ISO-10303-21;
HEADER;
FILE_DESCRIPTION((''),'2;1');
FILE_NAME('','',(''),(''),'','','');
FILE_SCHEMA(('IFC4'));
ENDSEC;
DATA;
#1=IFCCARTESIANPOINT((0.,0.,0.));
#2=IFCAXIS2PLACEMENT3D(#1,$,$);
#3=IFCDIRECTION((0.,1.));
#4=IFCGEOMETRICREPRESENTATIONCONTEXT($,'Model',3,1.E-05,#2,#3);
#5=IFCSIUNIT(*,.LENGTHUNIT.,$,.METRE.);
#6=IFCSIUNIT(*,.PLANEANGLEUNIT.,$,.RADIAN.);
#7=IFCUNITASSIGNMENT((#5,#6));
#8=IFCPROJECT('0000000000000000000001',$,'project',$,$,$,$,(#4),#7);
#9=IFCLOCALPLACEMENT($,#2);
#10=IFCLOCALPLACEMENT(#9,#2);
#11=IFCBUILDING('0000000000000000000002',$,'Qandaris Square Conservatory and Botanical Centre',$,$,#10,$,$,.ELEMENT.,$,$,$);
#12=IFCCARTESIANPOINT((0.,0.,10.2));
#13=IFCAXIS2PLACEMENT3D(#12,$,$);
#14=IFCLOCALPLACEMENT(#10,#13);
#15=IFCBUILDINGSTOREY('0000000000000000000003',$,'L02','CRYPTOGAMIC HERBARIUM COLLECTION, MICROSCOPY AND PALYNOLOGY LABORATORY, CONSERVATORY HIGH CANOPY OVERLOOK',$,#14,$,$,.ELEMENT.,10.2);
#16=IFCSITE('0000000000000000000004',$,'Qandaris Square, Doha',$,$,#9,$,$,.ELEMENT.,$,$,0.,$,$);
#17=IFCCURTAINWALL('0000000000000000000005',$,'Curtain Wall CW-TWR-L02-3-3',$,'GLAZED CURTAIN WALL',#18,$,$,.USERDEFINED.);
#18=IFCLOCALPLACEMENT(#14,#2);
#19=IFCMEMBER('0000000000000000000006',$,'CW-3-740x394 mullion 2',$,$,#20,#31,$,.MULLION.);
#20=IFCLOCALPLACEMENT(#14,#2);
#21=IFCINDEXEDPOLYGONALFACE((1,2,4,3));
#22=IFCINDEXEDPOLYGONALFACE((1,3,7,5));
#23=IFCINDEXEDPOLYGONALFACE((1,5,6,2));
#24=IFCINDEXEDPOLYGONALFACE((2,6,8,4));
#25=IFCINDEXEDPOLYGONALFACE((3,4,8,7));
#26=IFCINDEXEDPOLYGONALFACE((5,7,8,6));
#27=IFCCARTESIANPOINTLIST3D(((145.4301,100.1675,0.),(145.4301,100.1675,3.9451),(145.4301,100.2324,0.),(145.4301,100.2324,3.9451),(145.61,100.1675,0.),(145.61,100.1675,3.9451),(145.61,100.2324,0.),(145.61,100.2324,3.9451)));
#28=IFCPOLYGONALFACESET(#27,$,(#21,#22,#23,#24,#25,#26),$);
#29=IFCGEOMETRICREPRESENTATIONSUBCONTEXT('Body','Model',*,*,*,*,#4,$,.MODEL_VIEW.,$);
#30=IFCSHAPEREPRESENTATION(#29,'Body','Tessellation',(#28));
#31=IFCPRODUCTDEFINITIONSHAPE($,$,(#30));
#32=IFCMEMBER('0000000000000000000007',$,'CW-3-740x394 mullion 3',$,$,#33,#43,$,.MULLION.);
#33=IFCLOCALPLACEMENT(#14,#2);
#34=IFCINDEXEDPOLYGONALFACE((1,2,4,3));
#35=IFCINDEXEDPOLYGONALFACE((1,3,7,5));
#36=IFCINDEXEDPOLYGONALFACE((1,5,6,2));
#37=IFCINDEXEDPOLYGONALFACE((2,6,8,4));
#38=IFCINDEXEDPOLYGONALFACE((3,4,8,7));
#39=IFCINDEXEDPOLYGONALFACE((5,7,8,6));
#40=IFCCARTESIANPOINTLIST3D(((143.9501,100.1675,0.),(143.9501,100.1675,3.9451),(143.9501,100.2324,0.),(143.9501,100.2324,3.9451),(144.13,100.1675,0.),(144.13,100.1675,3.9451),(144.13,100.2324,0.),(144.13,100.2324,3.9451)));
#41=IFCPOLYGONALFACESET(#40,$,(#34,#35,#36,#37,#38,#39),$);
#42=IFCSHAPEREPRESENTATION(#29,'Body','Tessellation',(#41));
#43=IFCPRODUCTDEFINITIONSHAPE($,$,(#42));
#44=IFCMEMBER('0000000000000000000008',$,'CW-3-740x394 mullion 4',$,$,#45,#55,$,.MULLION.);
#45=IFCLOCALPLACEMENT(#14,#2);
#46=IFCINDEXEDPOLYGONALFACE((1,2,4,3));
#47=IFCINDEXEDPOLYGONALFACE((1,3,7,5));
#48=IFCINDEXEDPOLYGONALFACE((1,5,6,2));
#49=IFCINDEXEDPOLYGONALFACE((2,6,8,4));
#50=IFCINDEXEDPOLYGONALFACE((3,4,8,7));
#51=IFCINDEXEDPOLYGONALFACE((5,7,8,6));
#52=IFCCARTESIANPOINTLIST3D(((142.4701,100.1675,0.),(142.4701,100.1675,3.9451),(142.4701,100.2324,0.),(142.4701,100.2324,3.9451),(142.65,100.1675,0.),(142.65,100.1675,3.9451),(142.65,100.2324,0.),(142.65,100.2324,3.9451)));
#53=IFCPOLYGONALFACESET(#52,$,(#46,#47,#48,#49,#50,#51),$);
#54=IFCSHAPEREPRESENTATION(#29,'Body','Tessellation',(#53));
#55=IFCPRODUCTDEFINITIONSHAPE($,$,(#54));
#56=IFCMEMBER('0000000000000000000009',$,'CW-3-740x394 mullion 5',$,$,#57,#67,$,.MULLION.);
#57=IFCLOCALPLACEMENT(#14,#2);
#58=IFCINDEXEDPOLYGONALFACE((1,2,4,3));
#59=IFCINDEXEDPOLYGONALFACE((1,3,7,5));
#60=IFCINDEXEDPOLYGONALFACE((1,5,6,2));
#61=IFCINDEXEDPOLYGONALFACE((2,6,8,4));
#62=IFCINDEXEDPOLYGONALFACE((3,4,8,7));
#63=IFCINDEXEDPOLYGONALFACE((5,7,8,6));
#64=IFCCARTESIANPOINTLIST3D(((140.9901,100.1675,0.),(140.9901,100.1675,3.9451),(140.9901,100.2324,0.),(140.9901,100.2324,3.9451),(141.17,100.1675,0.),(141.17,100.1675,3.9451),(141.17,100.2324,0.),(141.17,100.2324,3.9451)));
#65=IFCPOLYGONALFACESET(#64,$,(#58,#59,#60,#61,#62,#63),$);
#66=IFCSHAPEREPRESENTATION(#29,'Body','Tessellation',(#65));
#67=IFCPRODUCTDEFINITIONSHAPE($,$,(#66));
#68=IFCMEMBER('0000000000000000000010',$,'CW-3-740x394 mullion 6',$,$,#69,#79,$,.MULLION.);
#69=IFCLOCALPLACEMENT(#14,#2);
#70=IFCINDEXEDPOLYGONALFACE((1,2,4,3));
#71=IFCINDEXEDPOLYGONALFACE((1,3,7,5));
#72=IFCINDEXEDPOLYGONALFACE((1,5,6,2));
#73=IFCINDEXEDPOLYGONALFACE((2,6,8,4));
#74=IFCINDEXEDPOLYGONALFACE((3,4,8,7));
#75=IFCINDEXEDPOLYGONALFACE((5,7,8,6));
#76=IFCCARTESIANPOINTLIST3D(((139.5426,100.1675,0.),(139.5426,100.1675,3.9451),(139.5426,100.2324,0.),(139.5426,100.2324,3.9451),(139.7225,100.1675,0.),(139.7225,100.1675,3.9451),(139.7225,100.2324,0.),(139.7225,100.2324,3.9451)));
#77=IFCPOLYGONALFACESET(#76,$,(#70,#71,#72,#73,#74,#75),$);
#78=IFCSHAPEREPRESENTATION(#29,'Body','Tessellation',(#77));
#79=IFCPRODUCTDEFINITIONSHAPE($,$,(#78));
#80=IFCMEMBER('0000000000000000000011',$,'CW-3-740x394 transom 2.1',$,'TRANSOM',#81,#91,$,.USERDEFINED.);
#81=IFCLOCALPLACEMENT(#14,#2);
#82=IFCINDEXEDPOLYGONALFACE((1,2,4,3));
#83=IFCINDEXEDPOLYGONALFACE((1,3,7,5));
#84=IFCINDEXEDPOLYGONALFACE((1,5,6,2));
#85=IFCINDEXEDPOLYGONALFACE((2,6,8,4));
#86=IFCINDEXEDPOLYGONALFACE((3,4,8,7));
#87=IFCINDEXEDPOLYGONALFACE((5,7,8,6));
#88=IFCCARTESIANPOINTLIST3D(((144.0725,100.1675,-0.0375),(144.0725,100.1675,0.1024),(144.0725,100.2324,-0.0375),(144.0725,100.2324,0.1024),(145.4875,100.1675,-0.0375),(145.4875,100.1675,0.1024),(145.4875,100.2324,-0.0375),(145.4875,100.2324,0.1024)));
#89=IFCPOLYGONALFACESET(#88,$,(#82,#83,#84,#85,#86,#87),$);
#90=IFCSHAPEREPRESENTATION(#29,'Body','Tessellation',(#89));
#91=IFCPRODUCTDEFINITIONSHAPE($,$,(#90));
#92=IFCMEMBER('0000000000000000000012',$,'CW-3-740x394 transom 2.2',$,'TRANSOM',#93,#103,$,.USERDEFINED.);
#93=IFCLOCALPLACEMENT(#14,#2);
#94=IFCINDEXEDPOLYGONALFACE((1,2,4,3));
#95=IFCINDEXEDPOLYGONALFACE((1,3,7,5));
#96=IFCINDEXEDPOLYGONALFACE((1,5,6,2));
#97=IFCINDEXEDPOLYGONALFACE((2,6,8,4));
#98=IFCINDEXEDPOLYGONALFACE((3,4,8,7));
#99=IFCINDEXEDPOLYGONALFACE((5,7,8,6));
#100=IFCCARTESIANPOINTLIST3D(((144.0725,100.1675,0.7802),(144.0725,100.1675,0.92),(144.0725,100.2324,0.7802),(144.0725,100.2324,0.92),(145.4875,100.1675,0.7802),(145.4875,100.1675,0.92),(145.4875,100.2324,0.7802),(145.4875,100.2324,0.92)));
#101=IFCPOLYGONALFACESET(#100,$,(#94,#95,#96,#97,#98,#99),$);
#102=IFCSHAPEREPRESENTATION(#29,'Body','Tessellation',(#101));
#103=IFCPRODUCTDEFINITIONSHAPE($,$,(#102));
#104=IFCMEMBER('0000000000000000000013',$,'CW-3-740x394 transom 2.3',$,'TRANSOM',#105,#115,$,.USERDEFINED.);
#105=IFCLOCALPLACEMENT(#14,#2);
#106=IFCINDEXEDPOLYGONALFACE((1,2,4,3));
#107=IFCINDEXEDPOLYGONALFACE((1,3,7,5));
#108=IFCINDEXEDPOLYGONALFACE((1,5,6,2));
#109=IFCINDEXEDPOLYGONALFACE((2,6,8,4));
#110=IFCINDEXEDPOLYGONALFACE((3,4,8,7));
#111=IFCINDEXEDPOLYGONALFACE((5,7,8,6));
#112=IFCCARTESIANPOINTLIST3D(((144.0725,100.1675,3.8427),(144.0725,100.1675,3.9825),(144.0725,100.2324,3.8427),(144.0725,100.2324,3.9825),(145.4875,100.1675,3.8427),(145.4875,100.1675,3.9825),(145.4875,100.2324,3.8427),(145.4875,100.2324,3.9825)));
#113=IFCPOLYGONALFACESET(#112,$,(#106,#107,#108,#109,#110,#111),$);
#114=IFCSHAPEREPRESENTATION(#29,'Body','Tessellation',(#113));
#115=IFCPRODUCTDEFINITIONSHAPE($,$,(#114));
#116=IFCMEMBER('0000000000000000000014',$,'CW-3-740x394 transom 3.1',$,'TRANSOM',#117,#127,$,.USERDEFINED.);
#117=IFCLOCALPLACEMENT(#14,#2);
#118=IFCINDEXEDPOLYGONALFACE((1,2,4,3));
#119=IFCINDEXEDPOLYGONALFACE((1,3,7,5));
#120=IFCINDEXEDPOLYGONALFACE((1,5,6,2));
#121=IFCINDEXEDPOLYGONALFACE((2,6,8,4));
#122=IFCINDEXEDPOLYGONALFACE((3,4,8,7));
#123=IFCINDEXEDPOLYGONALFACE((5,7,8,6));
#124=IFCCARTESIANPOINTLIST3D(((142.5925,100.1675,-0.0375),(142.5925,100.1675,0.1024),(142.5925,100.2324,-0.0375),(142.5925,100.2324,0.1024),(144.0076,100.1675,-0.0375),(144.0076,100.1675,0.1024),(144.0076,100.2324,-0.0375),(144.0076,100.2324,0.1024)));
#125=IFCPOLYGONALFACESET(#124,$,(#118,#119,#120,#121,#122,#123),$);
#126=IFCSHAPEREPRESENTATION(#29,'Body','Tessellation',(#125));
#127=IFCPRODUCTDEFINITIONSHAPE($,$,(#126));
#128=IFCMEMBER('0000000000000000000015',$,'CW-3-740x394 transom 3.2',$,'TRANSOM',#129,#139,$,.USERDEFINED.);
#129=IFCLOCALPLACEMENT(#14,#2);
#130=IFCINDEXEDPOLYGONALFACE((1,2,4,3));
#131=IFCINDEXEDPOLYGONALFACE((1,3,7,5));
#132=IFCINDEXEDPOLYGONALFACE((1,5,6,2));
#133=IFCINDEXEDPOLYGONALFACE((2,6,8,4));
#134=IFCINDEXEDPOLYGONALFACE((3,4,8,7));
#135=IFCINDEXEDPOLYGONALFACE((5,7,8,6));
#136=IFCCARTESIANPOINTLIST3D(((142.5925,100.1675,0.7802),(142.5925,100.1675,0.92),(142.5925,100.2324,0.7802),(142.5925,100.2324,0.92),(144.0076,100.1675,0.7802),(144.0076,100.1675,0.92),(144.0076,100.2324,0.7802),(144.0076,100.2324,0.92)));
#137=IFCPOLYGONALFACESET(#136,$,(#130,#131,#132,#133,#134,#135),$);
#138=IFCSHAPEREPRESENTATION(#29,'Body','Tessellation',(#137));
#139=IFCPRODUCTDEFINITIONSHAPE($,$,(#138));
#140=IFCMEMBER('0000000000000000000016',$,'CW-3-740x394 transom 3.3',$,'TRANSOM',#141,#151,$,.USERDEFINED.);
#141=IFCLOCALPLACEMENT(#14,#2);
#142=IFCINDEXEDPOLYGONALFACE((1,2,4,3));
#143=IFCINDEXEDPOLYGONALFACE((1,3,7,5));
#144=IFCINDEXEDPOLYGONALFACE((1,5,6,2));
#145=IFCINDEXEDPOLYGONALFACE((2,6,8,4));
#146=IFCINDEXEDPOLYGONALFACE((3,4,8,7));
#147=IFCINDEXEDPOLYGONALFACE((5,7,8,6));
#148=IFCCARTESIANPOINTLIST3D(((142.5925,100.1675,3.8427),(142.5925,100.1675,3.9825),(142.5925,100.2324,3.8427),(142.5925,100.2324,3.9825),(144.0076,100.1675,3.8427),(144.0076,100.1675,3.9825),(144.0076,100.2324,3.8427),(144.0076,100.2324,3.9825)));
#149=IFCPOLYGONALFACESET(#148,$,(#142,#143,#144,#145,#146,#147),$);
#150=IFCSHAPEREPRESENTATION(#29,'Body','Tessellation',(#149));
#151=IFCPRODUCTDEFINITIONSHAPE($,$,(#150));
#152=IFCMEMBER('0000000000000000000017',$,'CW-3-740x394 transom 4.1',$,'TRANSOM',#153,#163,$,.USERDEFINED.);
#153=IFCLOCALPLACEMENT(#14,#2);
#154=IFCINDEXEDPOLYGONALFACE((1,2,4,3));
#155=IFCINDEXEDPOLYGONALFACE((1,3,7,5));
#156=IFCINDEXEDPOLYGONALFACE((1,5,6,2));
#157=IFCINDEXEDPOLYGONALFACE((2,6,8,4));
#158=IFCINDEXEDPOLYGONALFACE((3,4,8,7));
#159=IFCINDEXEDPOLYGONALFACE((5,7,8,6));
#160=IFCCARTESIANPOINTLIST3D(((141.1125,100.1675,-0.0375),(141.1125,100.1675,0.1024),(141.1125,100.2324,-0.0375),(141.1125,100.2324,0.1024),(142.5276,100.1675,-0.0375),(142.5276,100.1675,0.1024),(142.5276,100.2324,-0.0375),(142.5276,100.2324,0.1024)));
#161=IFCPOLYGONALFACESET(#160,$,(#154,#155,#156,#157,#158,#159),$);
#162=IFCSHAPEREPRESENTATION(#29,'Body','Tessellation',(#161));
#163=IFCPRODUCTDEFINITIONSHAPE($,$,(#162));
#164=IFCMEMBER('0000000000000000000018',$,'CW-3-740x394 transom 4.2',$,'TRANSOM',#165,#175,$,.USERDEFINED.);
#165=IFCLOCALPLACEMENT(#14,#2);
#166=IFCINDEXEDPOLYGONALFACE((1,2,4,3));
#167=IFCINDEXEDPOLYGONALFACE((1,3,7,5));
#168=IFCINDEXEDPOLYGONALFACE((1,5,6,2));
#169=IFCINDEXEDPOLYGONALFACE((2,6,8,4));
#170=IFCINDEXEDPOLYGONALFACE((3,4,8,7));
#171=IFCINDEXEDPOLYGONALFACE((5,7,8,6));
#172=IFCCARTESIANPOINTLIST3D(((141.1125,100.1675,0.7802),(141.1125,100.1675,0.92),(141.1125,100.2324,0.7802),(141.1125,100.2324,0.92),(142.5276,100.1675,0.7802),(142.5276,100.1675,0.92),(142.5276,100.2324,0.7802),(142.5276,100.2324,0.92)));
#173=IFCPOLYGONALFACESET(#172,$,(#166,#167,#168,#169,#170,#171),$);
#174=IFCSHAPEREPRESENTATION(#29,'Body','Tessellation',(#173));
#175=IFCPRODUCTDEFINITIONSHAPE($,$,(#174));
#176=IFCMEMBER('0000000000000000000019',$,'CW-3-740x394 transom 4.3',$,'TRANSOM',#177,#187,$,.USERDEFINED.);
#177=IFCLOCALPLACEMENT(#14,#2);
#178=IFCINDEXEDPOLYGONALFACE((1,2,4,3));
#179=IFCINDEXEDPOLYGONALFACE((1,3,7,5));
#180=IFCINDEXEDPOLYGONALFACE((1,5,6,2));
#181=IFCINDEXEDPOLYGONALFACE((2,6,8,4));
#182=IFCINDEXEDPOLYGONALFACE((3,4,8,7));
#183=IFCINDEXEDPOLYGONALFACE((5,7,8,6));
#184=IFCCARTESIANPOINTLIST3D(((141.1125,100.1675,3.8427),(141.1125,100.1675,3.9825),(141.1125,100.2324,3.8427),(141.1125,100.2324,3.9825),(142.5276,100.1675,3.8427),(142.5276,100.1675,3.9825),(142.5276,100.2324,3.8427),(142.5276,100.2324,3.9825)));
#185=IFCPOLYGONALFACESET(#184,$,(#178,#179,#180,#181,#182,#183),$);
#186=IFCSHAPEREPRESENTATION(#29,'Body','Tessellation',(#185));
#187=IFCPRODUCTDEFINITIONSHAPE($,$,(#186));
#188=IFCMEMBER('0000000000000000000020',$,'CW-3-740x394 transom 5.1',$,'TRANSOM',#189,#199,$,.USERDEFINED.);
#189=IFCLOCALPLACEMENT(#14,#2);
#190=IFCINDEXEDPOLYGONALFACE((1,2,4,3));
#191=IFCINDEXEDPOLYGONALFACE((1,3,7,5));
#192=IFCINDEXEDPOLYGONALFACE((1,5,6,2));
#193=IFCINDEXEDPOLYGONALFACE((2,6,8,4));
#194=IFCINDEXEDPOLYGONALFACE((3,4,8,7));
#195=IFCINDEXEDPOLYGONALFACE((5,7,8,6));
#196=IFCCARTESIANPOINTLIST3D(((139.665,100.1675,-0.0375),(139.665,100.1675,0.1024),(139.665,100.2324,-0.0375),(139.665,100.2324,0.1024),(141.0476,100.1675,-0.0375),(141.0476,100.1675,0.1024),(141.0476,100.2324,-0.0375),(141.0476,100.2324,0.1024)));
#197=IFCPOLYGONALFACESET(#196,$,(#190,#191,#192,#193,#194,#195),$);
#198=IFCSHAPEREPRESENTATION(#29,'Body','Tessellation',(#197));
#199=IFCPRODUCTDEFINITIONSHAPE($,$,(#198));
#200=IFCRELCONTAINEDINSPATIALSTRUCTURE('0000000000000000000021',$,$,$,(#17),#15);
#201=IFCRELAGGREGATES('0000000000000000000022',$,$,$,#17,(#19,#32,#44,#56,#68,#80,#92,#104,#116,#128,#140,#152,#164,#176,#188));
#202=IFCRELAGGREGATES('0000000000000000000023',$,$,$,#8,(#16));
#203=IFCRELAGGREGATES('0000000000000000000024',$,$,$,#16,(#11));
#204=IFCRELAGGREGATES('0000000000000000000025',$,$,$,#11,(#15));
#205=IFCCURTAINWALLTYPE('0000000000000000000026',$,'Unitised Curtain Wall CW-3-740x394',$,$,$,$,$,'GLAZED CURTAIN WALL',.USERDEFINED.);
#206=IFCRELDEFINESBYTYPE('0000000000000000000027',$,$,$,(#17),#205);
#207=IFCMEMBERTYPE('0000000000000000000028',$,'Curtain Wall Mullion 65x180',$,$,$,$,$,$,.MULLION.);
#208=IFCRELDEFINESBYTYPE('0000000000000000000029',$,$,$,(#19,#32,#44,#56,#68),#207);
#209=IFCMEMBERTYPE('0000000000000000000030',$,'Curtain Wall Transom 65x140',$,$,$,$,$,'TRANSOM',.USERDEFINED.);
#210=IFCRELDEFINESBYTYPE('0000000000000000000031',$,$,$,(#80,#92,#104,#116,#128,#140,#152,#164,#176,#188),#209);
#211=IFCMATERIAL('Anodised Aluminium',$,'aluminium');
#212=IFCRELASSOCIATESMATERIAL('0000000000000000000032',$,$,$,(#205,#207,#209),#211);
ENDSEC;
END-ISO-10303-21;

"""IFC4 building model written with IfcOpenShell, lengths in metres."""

from ifc_helpers import new_model, si_unit, direction, frame, origin, origin_2d, place, context, subcontext, project, spatial, rectangle, extrude, material, material_profile, profile_set, type_object, element, aggregate, save


model = new_model("IFC4")

# Units and contexts
model_context = context("Model", 3, precision=1e-05, world=origin(), true_north=direction((0.0, 1.0)))
body_context = subcontext(model_context, "Body", "Model", "MODEL_VIEW")
ifc_project = project(units=[si_unit("LENGTHUNIT", "METRE"), si_unit("PLANEANGLEUNIT", "RADIAN")], contexts=[model_context])

# Site, building, storey
site_placement = place(None, origin())
site = spatial("IfcSite", under=ifc_project, at=site_placement, Name="Qandaris Square, Doha", CompositionType="ELEMENT", RefElevation=0.0)
building_placement = place(site_placement, origin())
building = spatial("IfcBuilding", under=site, at=building_placement, Name="Qandaris Square Conservatory and Botanical Centre", CompositionType="ELEMENT")
storey_placement = place(building_placement, frame((0.0, 0.0, 10.2)))
storey = spatial("IfcBuildingStorey", under=building, at=storey_placement, Name="L02", Description="CRYPTOGAMIC HERBARIUM COLLECTION, MICROSCOPY AND PALYNOLOGY LABORATORY, CONSERVATORY HIGH CANOPY OVERLOOK", CompositionType="ELEMENT", Elevation=10.2)

# Curtain wall, members
ifc_material_1 = material(Name="Anodised Aluminium", Category="aluminium")
curtain_wall_type = type_object("IfcCurtainWallType", Name="Unitised Curtain Wall CW-3-740x394", ElementType="GLAZED CURTAIN WALL", PredefinedType="USERDEFINED", material=ifc_material_1)
curtain_wall_placement = place(storey_placement, origin())
curtain_wall = element("IfcCurtainWall", 1, at=curtain_wall_placement, inside=storey, type_object=curtain_wall_type, Name="Curtain Wall CW-TWR-L02-3-3", ObjectType="GLAZED CURTAIN WALL", PredefinedType="USERDEFINED")
ifc_material_profile_1 = material_profile(ifc_material_1, rectangle(XDim=0.0649, YDim=0.1799, at=origin_2d()), Name="ALU-MUL 65x180")
ifc_profile_set_1 = profile_set([ifc_material_profile_1], Name="Anodised Aluminium")
member_type_1 = type_object("IfcMemberType", Name="Curtain Wall Mullion 65x180", PredefinedType="MULLION", material=ifc_profile_set_1)
member_1_placement = place(storey_placement, frame((145.52, 100.2, 0.0), z_axis=(0.0, 0.0, 1.0), x_axis=(0.0, -1.0, 0.0)))
member_1 = element("IfcMember", 2, at=member_1_placement, type_object=member_type_1, Name="CW-3-740x394 mullion 2", PredefinedType="MULLION", context=body_context, shape_type="SweptSolid", body=[
    extrude(rectangle(XDim=0.0649, YDim=0.1799, at=origin_2d()), origin(), (0.0, 0.0, 1.0), 3.9451),
])
member_2_placement = place(storey_placement, frame((144.04, 100.2, 0.0), z_axis=(0.0, 0.0, 1.0), x_axis=(0.0, -1.0, 0.0)))
member_2 = element("IfcMember", 3, at=member_2_placement, type_object=member_type_1, Name="CW-3-740x394 mullion 3", PredefinedType="MULLION", context=body_context, shape_type="SweptSolid", body=[
    extrude(rectangle(XDim=0.0649, YDim=0.1799, at=origin_2d()), origin(), (0.0, 0.0, 1.0), 3.9451),
])
member_3_placement = place(storey_placement, frame((142.5601, 100.2, 0.0), z_axis=(0.0, 0.0, 1.0), x_axis=(0.0, -1.0, 0.0)))
member_3 = element("IfcMember", 4, at=member_3_placement, type_object=member_type_1, Name="CW-3-740x394 mullion 4", PredefinedType="MULLION", context=body_context, shape_type="SweptSolid", body=[
    extrude(rectangle(XDim=0.0649, YDim=0.1799, at=origin_2d()), origin(), (0.0, 0.0, 1.0), 3.9451),
])
member_4_placement = place(storey_placement, frame((141.0801, 100.2, 0.0), z_axis=(0.0, 0.0, 1.0), x_axis=(0.0, -1.0, 0.0)))
member_4 = element("IfcMember", 5, at=member_4_placement, type_object=member_type_1, Name="CW-3-740x394 mullion 5", PredefinedType="MULLION", context=body_context, shape_type="SweptSolid", body=[
    extrude(rectangle(XDim=0.0649, YDim=0.1799, at=origin_2d()), origin(), (0.0, 0.0, 1.0), 3.9451),
])
member_5_placement = place(storey_placement, frame((139.6326, 100.2, 0.0), z_axis=(0.0, 0.0, 1.0), x_axis=(0.0, -1.0, 0.0)))
member_5 = element("IfcMember", 6, at=member_5_placement, type_object=member_type_1, Name="CW-3-740x394 mullion 6", PredefinedType="MULLION", context=body_context, shape_type="SweptSolid", body=[
    extrude(rectangle(XDim=0.0649, YDim=0.1799, at=origin_2d()), origin(), (0.0, 0.0, 1.0), 3.9451),
])
ifc_material_profile_2 = material_profile(ifc_material_1, rectangle(XDim=0.0649, YDim=0.1399, at=origin_2d()), Name="ALU-TRN 65x140")
ifc_profile_set_2 = profile_set([ifc_material_profile_2], Name="Anodised Aluminium")
member_type_2 = type_object("IfcMemberType", Name="Curtain Wall Transom 65x140", ElementType="TRANSOM", PredefinedType="USERDEFINED", material=ifc_profile_set_2)
member_6_placement = place(storey_placement, frame((145.4875, 100.2, 0.0325), z_axis=(-1.0, 0.0, 0.0), x_axis=(0.0, -1.0, 0.0)))
member_6 = element("IfcMember", 7, at=member_6_placement, type_object=member_type_2, Name="CW-3-740x394 transom 2.1", ObjectType="TRANSOM", PredefinedType="USERDEFINED", context=body_context, shape_type="SweptSolid", body=[
    extrude(rectangle(XDim=0.0649, YDim=0.1399, at=origin_2d()), origin(), (0.0, 0.0, 1.0), 1.415),
])
member_7_placement = place(storey_placement, frame((145.4875, 100.2, 0.8501), z_axis=(-1.0, 0.0, 0.0), x_axis=(0.0, -1.0, 0.0)))
member_7 = element("IfcMember", 8, at=member_7_placement, type_object=member_type_2, Name="CW-3-740x394 transom 2.2", ObjectType="TRANSOM", PredefinedType="USERDEFINED", context=body_context, shape_type="SweptSolid", body=[
    extrude(rectangle(XDim=0.0649, YDim=0.1399, at=origin_2d()), origin(), (0.0, 0.0, 1.0), 1.415),
])
member_8_placement = place(storey_placement, frame((145.4875, 100.2, 3.9126), z_axis=(-1.0, 0.0, 0.0), x_axis=(0.0, -1.0, 0.0)))
member_8 = element("IfcMember", 9, at=member_8_placement, type_object=member_type_2, Name="CW-3-740x394 transom 2.3", ObjectType="TRANSOM", PredefinedType="USERDEFINED", context=body_context, shape_type="SweptSolid", body=[
    extrude(rectangle(XDim=0.0649, YDim=0.1399, at=origin_2d()), origin(), (0.0, 0.0, 1.0), 1.415),
])
member_9_placement = place(storey_placement, frame((144.0076, 100.2, 0.0325), z_axis=(-1.0, 0.0, 0.0), x_axis=(0.0, -1.0, 0.0)))
member_9 = element("IfcMember", 10, at=member_9_placement, type_object=member_type_2, Name="CW-3-740x394 transom 3.1", ObjectType="TRANSOM", PredefinedType="USERDEFINED", context=body_context, shape_type="SweptSolid", body=[
    extrude(rectangle(XDim=0.0649, YDim=0.1399, at=origin_2d()), origin(), (0.0, 0.0, 1.0), 1.415),
])
member_10_placement = place(storey_placement, frame((144.0076, 100.2, 0.8501), z_axis=(-1.0, 0.0, 0.0), x_axis=(0.0, -1.0, 0.0)))
member_10 = element("IfcMember", 11, at=member_10_placement, type_object=member_type_2, Name="CW-3-740x394 transom 3.2", ObjectType="TRANSOM", PredefinedType="USERDEFINED", context=body_context, shape_type="SweptSolid", body=[
    extrude(rectangle(XDim=0.0649, YDim=0.1399, at=origin_2d()), origin(), (0.0, 0.0, 1.0), 1.415),
])
member_11_placement = place(storey_placement, frame((144.0076, 100.2, 3.9126), z_axis=(-1.0, 0.0, 0.0), x_axis=(0.0, -1.0, 0.0)))
member_11 = element("IfcMember", 12, at=member_11_placement, type_object=member_type_2, Name="CW-3-740x394 transom 3.3", ObjectType="TRANSOM", PredefinedType="USERDEFINED", context=body_context, shape_type="SweptSolid", body=[
    extrude(rectangle(XDim=0.0649, YDim=0.1399, at=origin_2d()), origin(), (0.0, 0.0, 1.0), 1.415),
])
member_12_placement = place(storey_placement, frame((142.5276, 100.2, 0.0325), z_axis=(-1.0, 0.0, 0.0), x_axis=(0.0, -1.0, 0.0)))
member_12 = element("IfcMember", 13, at=member_12_placement, type_object=member_type_2, Name="CW-3-740x394 transom 4.1", ObjectType="TRANSOM", PredefinedType="USERDEFINED", context=body_context, shape_type="SweptSolid", body=[
    extrude(rectangle(XDim=0.0649, YDim=0.1399, at=origin_2d()), origin(), (0.0, 0.0, 1.0), 1.415),
])
member_13_placement = place(storey_placement, frame((142.5276, 100.2, 0.8501), z_axis=(-1.0, 0.0, 0.0), x_axis=(0.0, -1.0, 0.0)))
member_13 = element("IfcMember", 14, at=member_13_placement, type_object=member_type_2, Name="CW-3-740x394 transom 4.2", ObjectType="TRANSOM", PredefinedType="USERDEFINED", context=body_context, shape_type="SweptSolid", body=[
    extrude(rectangle(XDim=0.0649, YDim=0.1399, at=origin_2d()), origin(), (0.0, 0.0, 1.0), 1.415),
])
member_14_placement = place(storey_placement, frame((142.5276, 100.2, 3.9126), z_axis=(-1.0, 0.0, 0.0), x_axis=(0.0, -1.0, 0.0)))
member_14 = element("IfcMember", 15, at=member_14_placement, type_object=member_type_2, Name="CW-3-740x394 transom 4.3", ObjectType="TRANSOM", PredefinedType="USERDEFINED", context=body_context, shape_type="SweptSolid", body=[
    extrude(rectangle(XDim=0.0649, YDim=0.1399, at=origin_2d()), origin(), (0.0, 0.0, 1.0), 1.415),
])
member_15_placement = place(storey_placement, frame((141.0476, 100.2, 0.0325), z_axis=(-1.0, 0.0, 0.0), x_axis=(0.0, -1.0, 0.0)))
member_15 = element("IfcMember", 16, at=member_15_placement, type_object=member_type_2, Name="CW-3-740x394 transom 5.1", ObjectType="TRANSOM", PredefinedType="USERDEFINED", context=body_context, shape_type="SweptSolid", body=[
    extrude(rectangle(XDim=0.0649, YDim=0.1399, at=origin_2d()), origin(), (0.0, 0.0, 1.0), 1.3826),
])
aggregate(curtain_wall, [member_1, member_2, member_3, member_4, member_5, member_6, member_7, member_8, member_9, member_10, member_11, member_12, member_13, member_14, member_15])

save(model, "model.ifc")
